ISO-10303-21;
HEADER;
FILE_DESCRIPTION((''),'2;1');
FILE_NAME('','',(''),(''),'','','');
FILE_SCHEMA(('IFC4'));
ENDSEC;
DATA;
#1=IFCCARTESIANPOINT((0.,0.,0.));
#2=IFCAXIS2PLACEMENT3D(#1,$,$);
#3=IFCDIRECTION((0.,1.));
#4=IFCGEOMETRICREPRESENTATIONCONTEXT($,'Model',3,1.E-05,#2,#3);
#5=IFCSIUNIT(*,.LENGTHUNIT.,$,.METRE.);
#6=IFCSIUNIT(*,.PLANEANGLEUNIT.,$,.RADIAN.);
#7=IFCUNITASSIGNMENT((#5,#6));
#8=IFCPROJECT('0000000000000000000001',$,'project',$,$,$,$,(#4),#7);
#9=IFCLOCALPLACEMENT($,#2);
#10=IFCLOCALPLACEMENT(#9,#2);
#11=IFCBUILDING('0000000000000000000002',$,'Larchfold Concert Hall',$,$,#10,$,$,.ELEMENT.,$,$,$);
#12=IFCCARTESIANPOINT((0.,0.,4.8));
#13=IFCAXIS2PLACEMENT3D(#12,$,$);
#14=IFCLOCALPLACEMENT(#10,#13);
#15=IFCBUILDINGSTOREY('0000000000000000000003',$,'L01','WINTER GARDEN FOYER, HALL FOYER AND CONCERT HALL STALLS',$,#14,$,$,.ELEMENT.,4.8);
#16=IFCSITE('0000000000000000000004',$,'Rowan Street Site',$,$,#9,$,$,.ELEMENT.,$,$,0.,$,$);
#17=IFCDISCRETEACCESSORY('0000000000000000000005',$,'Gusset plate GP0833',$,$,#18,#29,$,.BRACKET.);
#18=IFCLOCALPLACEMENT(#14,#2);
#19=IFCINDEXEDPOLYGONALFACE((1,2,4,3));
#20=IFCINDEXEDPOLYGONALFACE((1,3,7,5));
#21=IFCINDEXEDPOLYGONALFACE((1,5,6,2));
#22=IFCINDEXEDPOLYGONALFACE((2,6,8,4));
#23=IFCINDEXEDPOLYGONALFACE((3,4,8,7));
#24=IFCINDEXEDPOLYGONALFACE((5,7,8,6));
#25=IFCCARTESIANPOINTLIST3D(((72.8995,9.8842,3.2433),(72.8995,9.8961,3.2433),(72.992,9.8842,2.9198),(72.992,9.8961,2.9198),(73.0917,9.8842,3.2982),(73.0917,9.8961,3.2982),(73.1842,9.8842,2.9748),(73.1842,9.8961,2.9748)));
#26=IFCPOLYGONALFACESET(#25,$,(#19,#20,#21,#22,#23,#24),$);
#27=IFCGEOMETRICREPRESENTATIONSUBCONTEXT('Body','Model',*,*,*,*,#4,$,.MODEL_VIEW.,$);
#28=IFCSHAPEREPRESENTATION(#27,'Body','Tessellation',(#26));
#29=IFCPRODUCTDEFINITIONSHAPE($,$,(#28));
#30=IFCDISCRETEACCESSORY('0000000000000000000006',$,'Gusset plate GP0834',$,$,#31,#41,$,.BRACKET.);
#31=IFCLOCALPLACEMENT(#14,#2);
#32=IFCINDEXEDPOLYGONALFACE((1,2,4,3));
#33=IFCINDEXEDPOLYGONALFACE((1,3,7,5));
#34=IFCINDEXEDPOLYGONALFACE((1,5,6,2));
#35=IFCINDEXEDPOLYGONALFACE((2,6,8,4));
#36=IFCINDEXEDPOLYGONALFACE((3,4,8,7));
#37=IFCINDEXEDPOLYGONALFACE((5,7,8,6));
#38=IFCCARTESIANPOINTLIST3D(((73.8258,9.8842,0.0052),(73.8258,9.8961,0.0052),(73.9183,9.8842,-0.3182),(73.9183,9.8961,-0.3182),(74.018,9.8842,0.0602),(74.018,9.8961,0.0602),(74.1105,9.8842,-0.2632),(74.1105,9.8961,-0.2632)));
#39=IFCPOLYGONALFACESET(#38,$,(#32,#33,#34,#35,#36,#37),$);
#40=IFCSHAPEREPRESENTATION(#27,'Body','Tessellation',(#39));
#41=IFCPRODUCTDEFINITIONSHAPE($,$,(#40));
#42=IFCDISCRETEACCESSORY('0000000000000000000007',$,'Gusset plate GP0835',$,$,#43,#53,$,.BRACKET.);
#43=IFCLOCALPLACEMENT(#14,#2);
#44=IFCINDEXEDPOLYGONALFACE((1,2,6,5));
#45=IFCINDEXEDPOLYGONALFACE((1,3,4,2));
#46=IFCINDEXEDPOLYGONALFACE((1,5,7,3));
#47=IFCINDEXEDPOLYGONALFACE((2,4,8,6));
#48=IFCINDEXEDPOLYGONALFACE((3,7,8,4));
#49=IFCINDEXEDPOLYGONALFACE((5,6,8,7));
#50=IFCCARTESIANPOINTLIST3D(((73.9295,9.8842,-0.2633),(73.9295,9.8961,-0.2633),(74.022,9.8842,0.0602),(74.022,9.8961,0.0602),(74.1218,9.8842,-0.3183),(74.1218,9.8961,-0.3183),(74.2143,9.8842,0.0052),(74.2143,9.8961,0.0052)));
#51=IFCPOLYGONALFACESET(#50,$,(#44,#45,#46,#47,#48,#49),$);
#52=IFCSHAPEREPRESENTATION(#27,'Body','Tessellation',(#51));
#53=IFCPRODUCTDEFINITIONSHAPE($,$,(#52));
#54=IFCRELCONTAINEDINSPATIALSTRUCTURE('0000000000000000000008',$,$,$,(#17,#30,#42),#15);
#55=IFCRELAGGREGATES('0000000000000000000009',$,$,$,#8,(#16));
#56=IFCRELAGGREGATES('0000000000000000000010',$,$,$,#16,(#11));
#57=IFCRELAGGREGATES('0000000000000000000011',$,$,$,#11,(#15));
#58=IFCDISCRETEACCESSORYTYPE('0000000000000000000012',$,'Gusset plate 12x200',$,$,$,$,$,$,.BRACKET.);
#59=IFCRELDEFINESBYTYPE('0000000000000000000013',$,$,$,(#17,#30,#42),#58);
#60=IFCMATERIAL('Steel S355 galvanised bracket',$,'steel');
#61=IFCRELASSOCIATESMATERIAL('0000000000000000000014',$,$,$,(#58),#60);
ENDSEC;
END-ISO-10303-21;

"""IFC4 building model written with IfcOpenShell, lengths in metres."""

from ifc_helpers import new_model, si_unit, direction, frame, origin, origin_2d, place, context, subcontext, project, spatial, rectangle, extrude, material, material_profile, profile_set, type_object, element, save


model = new_model("IFC4")

# Units and contexts
model_context = context("Model", 3, precision=1e-05, world=origin(), true_north=direction((0.0, 1.0)))
body_context = subcontext(model_context, "Body", "Model", "MODEL_VIEW")
ifc_project = project(units=[si_unit("LENGTHUNIT", "METRE"), si_unit("PLANEANGLEUNIT", "RADIAN")], contexts=[model_context])

# Site, building, storey
site_placement = place(None, origin())
site = spatial("IfcSite", under=ifc_project, at=site_placement, Name="Rowan Street Site", CompositionType="ELEMENT", RefElevation=0.0)
building_placement = place(site_placement, origin())
building = spatial("IfcBuilding", under=site, at=building_placement, Name="Larchfold Concert Hall", CompositionType="ELEMENT")
storey_placement = place(building_placement, frame((0.0, 0.0, 4.8)))
storey = spatial("IfcBuildingStorey", under=building, at=storey_placement, Name="L01", Description="WINTER GARDEN FOYER, HALL FOYER AND CONCERT HALL STALLS", CompositionType="ELEMENT", Elevation=4.8)

# Discrete accessories
ifc_material_1 = material(Name="Steel S355 galvanised bracket", Category="steel")
ifc_material_profile_1 = material_profile(ifc_material_1, rectangle(XDim=0.012, YDim=0.2, at=origin_2d()))
ifc_profile_set_1 = profile_set([ifc_material_profile_1], Name="Steel S355 galvanised bracket")
discrete_accessory_type = type_object("IfcDiscreteAccessoryType", Name="Gusset plate 12x200", PredefinedType="BRACKET", material=ifc_profile_set_1)
for number, where, z_axis, x_axis, name in (
    (1, (72.9956, 9.8901, 3.2708), (0.275009, 0.0, -0.961442), (0.0, 1.0, 0.0), "Gusset plate GP0833"),
    (2, (73.9219, 9.8901, 0.0327), (0.275009, 0.0, -0.961442), (0.0, 1.0, 0.0), "Gusset plate GP0834"),
    (3, (74.0256, 9.8901, -0.2908), (0.275009, 0.0, 0.961442), (0.0, 1.0, 0.0), "Gusset plate GP0835"),
):
    element("IfcDiscreteAccessory", number, at=place(storey_placement, frame(where, z_axis=z_axis, x_axis=x_axis)), inside=storey, type_object=discrete_accessory_type, Name=name, PredefinedType="BRACKET", context=body_context, shape_type="SweptSolid", body=[
        extrude(rectangle(XDim=0.012, YDim=0.2, at=origin_2d()), origin(), (0.0, 0.0, 1.0), 0.3364),
    ])

save(model, "model.ifc")
